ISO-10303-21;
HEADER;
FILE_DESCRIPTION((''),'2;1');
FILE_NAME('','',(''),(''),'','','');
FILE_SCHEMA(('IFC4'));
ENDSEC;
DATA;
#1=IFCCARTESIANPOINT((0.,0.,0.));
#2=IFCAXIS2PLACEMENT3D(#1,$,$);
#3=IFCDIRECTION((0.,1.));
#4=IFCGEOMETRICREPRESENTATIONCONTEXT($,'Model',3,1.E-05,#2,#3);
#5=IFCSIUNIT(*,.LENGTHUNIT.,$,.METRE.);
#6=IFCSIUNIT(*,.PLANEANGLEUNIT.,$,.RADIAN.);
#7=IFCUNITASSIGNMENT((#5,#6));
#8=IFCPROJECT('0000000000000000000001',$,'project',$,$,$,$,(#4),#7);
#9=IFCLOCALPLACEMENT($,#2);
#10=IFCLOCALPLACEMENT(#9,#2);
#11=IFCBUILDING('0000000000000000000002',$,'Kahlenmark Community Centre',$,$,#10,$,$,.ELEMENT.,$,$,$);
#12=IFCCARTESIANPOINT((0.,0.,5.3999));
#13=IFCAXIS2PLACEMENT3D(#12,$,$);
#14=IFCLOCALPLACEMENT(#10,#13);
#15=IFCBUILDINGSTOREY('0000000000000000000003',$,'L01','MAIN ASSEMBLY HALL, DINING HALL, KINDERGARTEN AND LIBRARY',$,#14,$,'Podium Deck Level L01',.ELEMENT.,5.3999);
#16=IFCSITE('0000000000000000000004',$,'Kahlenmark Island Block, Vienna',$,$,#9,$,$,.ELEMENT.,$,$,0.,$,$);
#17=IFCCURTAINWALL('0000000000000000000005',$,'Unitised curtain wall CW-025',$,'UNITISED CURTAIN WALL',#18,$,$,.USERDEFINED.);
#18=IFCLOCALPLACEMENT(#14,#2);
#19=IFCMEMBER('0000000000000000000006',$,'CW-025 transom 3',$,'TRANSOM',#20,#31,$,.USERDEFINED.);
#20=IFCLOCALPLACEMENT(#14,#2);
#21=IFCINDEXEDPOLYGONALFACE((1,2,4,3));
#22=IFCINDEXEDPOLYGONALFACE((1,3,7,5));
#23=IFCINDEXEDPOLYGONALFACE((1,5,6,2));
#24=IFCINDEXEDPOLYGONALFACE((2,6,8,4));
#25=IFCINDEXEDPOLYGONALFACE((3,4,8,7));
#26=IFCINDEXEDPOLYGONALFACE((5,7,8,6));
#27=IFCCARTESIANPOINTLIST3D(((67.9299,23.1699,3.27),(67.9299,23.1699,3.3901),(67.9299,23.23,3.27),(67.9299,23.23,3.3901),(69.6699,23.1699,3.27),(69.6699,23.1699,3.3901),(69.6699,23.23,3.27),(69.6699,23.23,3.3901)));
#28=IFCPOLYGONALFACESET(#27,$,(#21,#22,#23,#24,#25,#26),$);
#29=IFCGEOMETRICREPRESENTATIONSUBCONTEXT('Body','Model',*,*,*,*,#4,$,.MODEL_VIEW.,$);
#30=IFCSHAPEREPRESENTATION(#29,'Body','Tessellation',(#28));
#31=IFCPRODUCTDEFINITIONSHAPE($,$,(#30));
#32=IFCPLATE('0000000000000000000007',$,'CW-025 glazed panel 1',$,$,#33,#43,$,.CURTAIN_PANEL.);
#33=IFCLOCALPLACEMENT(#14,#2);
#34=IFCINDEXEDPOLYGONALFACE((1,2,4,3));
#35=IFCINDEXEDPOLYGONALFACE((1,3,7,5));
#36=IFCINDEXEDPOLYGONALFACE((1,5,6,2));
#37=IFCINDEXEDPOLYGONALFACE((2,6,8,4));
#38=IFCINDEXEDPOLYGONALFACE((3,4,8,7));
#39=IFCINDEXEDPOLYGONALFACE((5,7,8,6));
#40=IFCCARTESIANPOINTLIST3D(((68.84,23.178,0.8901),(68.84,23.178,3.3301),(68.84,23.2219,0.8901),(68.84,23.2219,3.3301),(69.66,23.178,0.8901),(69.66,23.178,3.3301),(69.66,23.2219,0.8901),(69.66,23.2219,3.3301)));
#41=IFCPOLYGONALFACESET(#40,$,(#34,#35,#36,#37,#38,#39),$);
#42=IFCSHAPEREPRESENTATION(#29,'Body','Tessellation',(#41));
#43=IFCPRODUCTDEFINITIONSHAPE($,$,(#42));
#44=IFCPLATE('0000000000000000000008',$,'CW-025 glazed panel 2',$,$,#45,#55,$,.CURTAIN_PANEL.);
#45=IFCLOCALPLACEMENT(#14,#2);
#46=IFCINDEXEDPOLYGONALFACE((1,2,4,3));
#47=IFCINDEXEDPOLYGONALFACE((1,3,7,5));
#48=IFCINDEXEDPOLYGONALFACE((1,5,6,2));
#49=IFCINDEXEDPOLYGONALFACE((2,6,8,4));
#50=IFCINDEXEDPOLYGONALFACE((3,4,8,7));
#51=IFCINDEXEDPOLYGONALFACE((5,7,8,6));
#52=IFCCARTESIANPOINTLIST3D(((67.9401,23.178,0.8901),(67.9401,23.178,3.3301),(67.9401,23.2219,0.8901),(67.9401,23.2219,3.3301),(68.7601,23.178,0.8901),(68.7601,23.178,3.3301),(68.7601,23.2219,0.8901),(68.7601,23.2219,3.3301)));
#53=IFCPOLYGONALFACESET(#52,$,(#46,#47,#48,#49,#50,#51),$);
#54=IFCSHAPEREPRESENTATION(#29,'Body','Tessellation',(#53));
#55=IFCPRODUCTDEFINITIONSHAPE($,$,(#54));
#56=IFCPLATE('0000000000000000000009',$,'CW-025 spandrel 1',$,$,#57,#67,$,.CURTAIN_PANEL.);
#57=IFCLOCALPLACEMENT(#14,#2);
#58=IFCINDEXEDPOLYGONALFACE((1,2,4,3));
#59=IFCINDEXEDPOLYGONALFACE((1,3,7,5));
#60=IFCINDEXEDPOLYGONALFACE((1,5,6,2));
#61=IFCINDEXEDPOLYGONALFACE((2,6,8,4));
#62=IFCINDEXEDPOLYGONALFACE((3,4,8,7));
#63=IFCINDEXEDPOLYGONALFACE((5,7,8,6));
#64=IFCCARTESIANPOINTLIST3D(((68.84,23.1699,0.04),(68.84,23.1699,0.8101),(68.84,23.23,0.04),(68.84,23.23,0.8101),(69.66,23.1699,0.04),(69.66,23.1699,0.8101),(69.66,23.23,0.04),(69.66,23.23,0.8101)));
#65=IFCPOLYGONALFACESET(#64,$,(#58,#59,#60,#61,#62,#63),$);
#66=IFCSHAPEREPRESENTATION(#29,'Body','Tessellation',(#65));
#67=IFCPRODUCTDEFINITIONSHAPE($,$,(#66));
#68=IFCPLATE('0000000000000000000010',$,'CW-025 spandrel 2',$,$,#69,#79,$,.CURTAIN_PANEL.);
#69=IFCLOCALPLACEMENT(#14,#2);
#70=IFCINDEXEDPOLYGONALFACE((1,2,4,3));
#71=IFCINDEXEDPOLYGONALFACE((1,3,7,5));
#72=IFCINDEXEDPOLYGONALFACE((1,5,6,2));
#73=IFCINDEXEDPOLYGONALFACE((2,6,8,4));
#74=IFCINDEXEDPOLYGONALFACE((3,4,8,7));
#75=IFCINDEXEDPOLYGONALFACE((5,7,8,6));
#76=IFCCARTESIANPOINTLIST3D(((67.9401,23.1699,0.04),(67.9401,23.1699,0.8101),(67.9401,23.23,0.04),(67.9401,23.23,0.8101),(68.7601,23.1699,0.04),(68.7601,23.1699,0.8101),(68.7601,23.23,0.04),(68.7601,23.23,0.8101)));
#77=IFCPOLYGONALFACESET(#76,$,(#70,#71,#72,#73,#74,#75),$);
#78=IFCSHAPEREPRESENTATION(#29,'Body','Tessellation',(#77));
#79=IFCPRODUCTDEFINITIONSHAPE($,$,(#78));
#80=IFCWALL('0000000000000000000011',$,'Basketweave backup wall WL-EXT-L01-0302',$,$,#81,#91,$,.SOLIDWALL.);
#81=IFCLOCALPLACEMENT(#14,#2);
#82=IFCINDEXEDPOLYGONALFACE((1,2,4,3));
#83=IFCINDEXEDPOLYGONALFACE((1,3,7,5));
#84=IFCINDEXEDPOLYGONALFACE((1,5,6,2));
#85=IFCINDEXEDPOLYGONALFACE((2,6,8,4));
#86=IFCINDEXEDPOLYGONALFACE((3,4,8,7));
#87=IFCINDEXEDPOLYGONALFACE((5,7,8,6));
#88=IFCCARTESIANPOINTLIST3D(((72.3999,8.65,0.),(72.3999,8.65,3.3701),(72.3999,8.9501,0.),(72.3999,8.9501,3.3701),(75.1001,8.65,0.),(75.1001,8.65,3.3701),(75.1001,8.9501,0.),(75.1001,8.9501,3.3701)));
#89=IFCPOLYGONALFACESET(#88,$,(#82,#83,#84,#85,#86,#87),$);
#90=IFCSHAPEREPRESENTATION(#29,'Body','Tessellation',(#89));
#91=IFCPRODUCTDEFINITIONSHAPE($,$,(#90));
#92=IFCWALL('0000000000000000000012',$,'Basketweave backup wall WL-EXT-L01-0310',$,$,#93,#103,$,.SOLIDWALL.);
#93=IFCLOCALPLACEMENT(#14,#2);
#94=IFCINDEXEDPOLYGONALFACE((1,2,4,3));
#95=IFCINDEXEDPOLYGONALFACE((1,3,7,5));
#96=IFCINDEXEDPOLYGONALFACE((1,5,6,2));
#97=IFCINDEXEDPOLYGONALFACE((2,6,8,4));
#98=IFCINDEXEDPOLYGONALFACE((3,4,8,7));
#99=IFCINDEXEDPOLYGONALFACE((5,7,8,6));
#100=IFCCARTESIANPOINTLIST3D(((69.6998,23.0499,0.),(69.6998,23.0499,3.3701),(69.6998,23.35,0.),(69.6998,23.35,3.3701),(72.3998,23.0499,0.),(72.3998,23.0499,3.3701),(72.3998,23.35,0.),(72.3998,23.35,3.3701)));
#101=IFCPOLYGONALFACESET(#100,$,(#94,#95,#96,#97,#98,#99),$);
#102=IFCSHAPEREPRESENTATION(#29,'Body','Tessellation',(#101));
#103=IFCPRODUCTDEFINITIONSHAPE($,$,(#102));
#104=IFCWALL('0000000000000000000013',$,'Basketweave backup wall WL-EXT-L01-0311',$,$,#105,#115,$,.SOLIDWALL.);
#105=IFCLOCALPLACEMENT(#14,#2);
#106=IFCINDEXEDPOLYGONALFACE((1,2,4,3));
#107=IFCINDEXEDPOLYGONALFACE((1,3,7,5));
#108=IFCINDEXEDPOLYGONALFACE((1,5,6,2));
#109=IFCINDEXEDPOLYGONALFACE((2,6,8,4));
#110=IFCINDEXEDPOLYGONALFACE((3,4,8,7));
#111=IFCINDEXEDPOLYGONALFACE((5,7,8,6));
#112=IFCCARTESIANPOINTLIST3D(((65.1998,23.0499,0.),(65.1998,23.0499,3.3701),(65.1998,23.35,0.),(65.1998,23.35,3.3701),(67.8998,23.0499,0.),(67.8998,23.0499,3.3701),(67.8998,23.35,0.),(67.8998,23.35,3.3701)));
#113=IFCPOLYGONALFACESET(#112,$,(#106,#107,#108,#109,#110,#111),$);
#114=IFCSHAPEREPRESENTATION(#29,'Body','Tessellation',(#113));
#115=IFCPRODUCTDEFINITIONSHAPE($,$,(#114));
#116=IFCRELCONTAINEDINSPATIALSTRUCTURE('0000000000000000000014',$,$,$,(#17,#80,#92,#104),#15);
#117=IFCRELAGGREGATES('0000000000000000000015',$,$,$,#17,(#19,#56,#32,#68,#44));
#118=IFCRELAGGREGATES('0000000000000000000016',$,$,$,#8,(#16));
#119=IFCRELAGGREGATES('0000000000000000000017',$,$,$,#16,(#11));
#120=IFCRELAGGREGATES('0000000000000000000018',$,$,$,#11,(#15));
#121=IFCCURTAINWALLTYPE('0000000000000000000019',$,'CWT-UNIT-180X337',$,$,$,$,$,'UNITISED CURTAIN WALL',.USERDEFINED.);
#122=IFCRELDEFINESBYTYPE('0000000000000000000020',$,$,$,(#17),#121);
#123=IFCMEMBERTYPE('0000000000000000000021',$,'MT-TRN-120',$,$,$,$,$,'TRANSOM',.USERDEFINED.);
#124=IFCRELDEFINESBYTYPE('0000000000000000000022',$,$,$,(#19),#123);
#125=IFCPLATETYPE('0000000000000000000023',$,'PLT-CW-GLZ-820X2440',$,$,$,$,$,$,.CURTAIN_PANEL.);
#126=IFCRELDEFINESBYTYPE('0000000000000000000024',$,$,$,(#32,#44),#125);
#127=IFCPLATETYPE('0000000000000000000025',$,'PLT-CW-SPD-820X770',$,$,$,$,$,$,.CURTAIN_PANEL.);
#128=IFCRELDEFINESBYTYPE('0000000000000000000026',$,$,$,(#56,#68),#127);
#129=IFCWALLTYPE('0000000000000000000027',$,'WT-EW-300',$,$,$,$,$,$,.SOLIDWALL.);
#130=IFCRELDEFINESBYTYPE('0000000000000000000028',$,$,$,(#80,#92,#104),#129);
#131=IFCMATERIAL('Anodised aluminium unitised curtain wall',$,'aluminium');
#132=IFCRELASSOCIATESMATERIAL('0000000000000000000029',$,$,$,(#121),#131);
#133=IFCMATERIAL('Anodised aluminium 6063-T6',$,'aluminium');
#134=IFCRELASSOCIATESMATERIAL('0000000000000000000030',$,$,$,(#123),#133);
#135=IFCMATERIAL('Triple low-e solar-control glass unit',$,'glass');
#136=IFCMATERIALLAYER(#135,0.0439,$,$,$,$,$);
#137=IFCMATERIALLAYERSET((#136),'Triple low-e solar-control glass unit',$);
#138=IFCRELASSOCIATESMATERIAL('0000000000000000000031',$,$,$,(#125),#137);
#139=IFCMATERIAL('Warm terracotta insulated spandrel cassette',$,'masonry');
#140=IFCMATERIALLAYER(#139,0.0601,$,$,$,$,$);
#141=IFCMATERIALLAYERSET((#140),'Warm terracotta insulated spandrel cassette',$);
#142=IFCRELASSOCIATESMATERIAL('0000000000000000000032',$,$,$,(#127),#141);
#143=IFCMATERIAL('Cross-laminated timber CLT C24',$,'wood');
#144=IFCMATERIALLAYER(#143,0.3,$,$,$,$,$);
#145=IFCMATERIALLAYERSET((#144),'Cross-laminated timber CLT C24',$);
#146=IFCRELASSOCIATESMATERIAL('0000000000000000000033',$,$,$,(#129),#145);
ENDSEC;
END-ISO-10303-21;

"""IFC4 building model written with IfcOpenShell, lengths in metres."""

from ifc_helpers import new_model, si_unit, direction, frame, frame_2d, origin, origin_2d, place, context, subcontext, project, spatial, rectangle, extrude, material, layer, layer_set, material_profile, profile_set, type_object, element, aggregate, save


model = new_model("IFC4")

# Units and contexts
model_context = context("Model", 3, precision=1e-05, world=origin(), true_north=direction((0.0, 1.0)))
body_context = subcontext(model_context, "Body", "Model", "MODEL_VIEW")
ifc_project = project(units=[si_unit("LENGTHUNIT", "METRE"), si_unit("PLANEANGLEUNIT", "RADIAN")], contexts=[model_context])

# Site, building, storey
site_placement = place(None, origin())
site = spatial("IfcSite", under=ifc_project, at=site_placement, Name="Kahlenmark Island Block, Vienna", CompositionType="ELEMENT", RefElevation=0.0)
building_placement = place(site_placement, origin())
building = spatial("IfcBuilding", under=site, at=building_placement, Name="Kahlenmark Community Centre", CompositionType="ELEMENT")
storey_placement = place(building_placement, frame((0.0, 0.0, 5.3999)))
storey = spatial("IfcBuildingStorey", under=building, at=storey_placement, Name="L01", Description="MAIN ASSEMBLY HALL, DINING HALL, KINDERGARTEN AND LIBRARY", LongName="Podium Deck Level L01", CompositionType="ELEMENT", Elevation=5.3999)

# Curtain wall, member, plates
ifc_material_1 = material(Name="Anodised aluminium unitised curtain wall", Category="aluminium")
curtain_wall_type = type_object("IfcCurtainWallType", Name="CWT-UNIT-180X337", ElementType="UNITISED CURTAIN WALL", PredefinedType="USERDEFINED", material=ifc_material_1)
curtain_wall_placement = place(storey_placement, origin())
curtain_wall = element("IfcCurtainWall", 1, at=curtain_wall_placement, inside=storey, type_object=curtain_wall_type, Name="Unitised curtain wall CW-025", ObjectType="UNITISED CURTAIN WALL", PredefinedType="USERDEFINED")
ifc_material_2 = material(Name="Anodised aluminium 6063-T6", Category="aluminium")
ifc_material_profile_1 = material_profile(ifc_material_2, rectangle(XDim=0.0601, YDim=0.1201, at=origin_2d()), Name="ALU TRANSOM 60x120")
ifc_profile_set_1 = profile_set([ifc_material_profile_1], Name="Anodised aluminium 6063-T6")
member_type_1 = type_object("IfcMemberType", Name="MT-TRN-120", ElementType="TRANSOM", PredefinedType="USERDEFINED", material=ifc_profile_set_1)
member_1_placement = place(storey_placement, frame((69.6699, 23.2, 3.3301), z_axis=(-1.0, 0.0, 0.0), x_axis=(0.0, -1.0, 0.0)))
member_1 = element("IfcMember", 2, at=member_1_placement, type_object=member_type_1, Name="CW-025 transom 3", ObjectType="TRANSOM", PredefinedType="USERDEFINED", context=body_context, shape_type="SweptSolid", body=[
    extrude(rectangle(XDim=0.0601, YDim=0.1201, at=origin_2d()), origin(), (0.0, 0.0, 1.0), 1.74),
])
ifc_material_3 = material(Name="Triple low-e solar-control glass unit", Category="glass")
ifc_layer_1 = layer(ifc_material_3, 0.0439)
ifc_layer_set_1 = layer_set([ifc_layer_1], Name="Triple low-e solar-control glass unit")
plate_type_1 = type_object("IfcPlateType", Name="PLT-CW-GLZ-820X2440", PredefinedType="CURTAIN_PANEL", material=ifc_layer_set_1)
plate_1_placement = place(storey_placement, frame((69.25, 23.2, 0.8901), z_axis=(0.0, 0.0, 1.0), x_axis=(-1.0, 0.0, 0.0)))
plate_1 = element("IfcPlate", 3, at=plate_1_placement, type_object=plate_type_1, Name="CW-025 glazed panel 1", PredefinedType="CURTAIN_PANEL", context=body_context, shape_type="SweptSolid", body=[
    extrude(rectangle(XDim=0.8201, YDim=0.0439, at=origin_2d()), origin(), (0.0, 0.0, 1.0), 2.4399),
])
plate_2_placement = place(storey_placement, frame((68.3501, 23.2, 0.8901), z_axis=(0.0, 0.0, 1.0), x_axis=(-1.0, 0.0, 0.0)))
plate_2 = element("IfcPlate", 4, at=plate_2_placement, type_object=plate_type_1, Name="CW-025 glazed panel 2", PredefinedType="CURTAIN_PANEL", context=body_context, shape_type="SweptSolid", body=[
    extrude(rectangle(XDim=0.8201, YDim=0.0439, at=origin_2d()), origin(), (0.0, 0.0, 1.0), 2.4399),
])
ifc_material_4 = material(Name="Warm terracotta insulated spandrel cassette", Category="masonry")
ifc_layer_2 = layer(ifc_material_4, 0.0601)
ifc_layer_set_2 = layer_set([ifc_layer_2], Name="Warm terracotta insulated spandrel cassette")
plate_type_2 = type_object("IfcPlateType", Name="PLT-CW-SPD-820X770", PredefinedType="CURTAIN_PANEL", material=ifc_layer_set_2)
plate_3_placement = place(storey_placement, frame((69.25, 23.2, 0.04), z_axis=(0.0, 0.0, 1.0), x_axis=(-1.0, 0.0, 0.0)))
plate_3 = element("IfcPlate", 5, at=plate_3_placement, type_object=plate_type_2, Name="CW-025 spandrel 1", PredefinedType="CURTAIN_PANEL", context=body_context, shape_type="SweptSolid", body=[
    extrude(rectangle(XDim=0.8201, YDim=0.0601, at=origin_2d()), origin(), (0.0, 0.0, 1.0), 0.77),
])
plate_4_placement = place(storey_placement, frame((68.3501, 23.2, 0.04), z_axis=(0.0, 0.0, 1.0), x_axis=(-1.0, 0.0, 0.0)))
plate_4 = element("IfcPlate", 6, at=plate_4_placement, type_object=plate_type_2, Name="CW-025 spandrel 2", PredefinedType="CURTAIN_PANEL", context=body_context, shape_type="SweptSolid", body=[
    extrude(rectangle(XDim=0.8201, YDim=0.0601, at=origin_2d()), origin(), (0.0, 0.0, 1.0), 0.77),
])
aggregate(curtain_wall, [member_1, plate_3, plate_1, plate_4, plate_2])

# Walls
ifc_material_5 = material(Name="Cross-laminated timber CLT C24", Category="wood")
ifc_layer_3 = layer(ifc_material_5, 0.3)
ifc_layer_set_3 = layer_set([ifc_layer_3], Name="Cross-laminated timber CLT C24")
wall_type = type_object("IfcWallType", Name="WT-EW-300", PredefinedType="SOLIDWALL", material=ifc_layer_set_3)
wall_placement = place(storey_placement, frame((72.3999, 8.8, 0.0), z_axis=(0.0, 0.0, 1.0), x_axis=(1.0, 0.0, 0.0)))
element("IfcWall", 7, at=wall_placement, inside=storey, type_object=wall_type, Name="Basketweave backup wall WL-EXT-L01-0302", PredefinedType="SOLIDWALL", context=body_context, shape_type="SweptSolid", body=[
    extrude(rectangle(XDim=2.7002, YDim=0.3, at=frame_2d((1.3501, 0.0))), origin(), (0.0, 0.0, 1.0), 3.3701),
])
for number, where, z_axis, x_axis, name in (
    (8, (72.3999, 23.2, 0.0), (0.0, 0.0, 1.0), (-1.0, 0.0, 0.0), "Basketweave backup wall WL-EXT-L01-0310"),
    (9, (67.8999, 23.2, 0.0), (0.0, 0.0, 1.0), (-1.0, 0.0, 0.0), "Basketweave backup wall WL-EXT-L01-0311"),
):
    element("IfcWall", number, at=place(storey_placement, frame(where, z_axis=z_axis, x_axis=x_axis)), inside=storey, type_object=wall_type, Name=name, PredefinedType="SOLIDWALL", context=body_context, shape_type="SweptSolid", body=[
        extrude(rectangle(XDim=2.7, YDim=0.3, at=frame_2d((1.3501, 0.0))), origin(), (0.0, 0.0, 1.0), 3.3701),
    ])

save(model, "model.ifc")
